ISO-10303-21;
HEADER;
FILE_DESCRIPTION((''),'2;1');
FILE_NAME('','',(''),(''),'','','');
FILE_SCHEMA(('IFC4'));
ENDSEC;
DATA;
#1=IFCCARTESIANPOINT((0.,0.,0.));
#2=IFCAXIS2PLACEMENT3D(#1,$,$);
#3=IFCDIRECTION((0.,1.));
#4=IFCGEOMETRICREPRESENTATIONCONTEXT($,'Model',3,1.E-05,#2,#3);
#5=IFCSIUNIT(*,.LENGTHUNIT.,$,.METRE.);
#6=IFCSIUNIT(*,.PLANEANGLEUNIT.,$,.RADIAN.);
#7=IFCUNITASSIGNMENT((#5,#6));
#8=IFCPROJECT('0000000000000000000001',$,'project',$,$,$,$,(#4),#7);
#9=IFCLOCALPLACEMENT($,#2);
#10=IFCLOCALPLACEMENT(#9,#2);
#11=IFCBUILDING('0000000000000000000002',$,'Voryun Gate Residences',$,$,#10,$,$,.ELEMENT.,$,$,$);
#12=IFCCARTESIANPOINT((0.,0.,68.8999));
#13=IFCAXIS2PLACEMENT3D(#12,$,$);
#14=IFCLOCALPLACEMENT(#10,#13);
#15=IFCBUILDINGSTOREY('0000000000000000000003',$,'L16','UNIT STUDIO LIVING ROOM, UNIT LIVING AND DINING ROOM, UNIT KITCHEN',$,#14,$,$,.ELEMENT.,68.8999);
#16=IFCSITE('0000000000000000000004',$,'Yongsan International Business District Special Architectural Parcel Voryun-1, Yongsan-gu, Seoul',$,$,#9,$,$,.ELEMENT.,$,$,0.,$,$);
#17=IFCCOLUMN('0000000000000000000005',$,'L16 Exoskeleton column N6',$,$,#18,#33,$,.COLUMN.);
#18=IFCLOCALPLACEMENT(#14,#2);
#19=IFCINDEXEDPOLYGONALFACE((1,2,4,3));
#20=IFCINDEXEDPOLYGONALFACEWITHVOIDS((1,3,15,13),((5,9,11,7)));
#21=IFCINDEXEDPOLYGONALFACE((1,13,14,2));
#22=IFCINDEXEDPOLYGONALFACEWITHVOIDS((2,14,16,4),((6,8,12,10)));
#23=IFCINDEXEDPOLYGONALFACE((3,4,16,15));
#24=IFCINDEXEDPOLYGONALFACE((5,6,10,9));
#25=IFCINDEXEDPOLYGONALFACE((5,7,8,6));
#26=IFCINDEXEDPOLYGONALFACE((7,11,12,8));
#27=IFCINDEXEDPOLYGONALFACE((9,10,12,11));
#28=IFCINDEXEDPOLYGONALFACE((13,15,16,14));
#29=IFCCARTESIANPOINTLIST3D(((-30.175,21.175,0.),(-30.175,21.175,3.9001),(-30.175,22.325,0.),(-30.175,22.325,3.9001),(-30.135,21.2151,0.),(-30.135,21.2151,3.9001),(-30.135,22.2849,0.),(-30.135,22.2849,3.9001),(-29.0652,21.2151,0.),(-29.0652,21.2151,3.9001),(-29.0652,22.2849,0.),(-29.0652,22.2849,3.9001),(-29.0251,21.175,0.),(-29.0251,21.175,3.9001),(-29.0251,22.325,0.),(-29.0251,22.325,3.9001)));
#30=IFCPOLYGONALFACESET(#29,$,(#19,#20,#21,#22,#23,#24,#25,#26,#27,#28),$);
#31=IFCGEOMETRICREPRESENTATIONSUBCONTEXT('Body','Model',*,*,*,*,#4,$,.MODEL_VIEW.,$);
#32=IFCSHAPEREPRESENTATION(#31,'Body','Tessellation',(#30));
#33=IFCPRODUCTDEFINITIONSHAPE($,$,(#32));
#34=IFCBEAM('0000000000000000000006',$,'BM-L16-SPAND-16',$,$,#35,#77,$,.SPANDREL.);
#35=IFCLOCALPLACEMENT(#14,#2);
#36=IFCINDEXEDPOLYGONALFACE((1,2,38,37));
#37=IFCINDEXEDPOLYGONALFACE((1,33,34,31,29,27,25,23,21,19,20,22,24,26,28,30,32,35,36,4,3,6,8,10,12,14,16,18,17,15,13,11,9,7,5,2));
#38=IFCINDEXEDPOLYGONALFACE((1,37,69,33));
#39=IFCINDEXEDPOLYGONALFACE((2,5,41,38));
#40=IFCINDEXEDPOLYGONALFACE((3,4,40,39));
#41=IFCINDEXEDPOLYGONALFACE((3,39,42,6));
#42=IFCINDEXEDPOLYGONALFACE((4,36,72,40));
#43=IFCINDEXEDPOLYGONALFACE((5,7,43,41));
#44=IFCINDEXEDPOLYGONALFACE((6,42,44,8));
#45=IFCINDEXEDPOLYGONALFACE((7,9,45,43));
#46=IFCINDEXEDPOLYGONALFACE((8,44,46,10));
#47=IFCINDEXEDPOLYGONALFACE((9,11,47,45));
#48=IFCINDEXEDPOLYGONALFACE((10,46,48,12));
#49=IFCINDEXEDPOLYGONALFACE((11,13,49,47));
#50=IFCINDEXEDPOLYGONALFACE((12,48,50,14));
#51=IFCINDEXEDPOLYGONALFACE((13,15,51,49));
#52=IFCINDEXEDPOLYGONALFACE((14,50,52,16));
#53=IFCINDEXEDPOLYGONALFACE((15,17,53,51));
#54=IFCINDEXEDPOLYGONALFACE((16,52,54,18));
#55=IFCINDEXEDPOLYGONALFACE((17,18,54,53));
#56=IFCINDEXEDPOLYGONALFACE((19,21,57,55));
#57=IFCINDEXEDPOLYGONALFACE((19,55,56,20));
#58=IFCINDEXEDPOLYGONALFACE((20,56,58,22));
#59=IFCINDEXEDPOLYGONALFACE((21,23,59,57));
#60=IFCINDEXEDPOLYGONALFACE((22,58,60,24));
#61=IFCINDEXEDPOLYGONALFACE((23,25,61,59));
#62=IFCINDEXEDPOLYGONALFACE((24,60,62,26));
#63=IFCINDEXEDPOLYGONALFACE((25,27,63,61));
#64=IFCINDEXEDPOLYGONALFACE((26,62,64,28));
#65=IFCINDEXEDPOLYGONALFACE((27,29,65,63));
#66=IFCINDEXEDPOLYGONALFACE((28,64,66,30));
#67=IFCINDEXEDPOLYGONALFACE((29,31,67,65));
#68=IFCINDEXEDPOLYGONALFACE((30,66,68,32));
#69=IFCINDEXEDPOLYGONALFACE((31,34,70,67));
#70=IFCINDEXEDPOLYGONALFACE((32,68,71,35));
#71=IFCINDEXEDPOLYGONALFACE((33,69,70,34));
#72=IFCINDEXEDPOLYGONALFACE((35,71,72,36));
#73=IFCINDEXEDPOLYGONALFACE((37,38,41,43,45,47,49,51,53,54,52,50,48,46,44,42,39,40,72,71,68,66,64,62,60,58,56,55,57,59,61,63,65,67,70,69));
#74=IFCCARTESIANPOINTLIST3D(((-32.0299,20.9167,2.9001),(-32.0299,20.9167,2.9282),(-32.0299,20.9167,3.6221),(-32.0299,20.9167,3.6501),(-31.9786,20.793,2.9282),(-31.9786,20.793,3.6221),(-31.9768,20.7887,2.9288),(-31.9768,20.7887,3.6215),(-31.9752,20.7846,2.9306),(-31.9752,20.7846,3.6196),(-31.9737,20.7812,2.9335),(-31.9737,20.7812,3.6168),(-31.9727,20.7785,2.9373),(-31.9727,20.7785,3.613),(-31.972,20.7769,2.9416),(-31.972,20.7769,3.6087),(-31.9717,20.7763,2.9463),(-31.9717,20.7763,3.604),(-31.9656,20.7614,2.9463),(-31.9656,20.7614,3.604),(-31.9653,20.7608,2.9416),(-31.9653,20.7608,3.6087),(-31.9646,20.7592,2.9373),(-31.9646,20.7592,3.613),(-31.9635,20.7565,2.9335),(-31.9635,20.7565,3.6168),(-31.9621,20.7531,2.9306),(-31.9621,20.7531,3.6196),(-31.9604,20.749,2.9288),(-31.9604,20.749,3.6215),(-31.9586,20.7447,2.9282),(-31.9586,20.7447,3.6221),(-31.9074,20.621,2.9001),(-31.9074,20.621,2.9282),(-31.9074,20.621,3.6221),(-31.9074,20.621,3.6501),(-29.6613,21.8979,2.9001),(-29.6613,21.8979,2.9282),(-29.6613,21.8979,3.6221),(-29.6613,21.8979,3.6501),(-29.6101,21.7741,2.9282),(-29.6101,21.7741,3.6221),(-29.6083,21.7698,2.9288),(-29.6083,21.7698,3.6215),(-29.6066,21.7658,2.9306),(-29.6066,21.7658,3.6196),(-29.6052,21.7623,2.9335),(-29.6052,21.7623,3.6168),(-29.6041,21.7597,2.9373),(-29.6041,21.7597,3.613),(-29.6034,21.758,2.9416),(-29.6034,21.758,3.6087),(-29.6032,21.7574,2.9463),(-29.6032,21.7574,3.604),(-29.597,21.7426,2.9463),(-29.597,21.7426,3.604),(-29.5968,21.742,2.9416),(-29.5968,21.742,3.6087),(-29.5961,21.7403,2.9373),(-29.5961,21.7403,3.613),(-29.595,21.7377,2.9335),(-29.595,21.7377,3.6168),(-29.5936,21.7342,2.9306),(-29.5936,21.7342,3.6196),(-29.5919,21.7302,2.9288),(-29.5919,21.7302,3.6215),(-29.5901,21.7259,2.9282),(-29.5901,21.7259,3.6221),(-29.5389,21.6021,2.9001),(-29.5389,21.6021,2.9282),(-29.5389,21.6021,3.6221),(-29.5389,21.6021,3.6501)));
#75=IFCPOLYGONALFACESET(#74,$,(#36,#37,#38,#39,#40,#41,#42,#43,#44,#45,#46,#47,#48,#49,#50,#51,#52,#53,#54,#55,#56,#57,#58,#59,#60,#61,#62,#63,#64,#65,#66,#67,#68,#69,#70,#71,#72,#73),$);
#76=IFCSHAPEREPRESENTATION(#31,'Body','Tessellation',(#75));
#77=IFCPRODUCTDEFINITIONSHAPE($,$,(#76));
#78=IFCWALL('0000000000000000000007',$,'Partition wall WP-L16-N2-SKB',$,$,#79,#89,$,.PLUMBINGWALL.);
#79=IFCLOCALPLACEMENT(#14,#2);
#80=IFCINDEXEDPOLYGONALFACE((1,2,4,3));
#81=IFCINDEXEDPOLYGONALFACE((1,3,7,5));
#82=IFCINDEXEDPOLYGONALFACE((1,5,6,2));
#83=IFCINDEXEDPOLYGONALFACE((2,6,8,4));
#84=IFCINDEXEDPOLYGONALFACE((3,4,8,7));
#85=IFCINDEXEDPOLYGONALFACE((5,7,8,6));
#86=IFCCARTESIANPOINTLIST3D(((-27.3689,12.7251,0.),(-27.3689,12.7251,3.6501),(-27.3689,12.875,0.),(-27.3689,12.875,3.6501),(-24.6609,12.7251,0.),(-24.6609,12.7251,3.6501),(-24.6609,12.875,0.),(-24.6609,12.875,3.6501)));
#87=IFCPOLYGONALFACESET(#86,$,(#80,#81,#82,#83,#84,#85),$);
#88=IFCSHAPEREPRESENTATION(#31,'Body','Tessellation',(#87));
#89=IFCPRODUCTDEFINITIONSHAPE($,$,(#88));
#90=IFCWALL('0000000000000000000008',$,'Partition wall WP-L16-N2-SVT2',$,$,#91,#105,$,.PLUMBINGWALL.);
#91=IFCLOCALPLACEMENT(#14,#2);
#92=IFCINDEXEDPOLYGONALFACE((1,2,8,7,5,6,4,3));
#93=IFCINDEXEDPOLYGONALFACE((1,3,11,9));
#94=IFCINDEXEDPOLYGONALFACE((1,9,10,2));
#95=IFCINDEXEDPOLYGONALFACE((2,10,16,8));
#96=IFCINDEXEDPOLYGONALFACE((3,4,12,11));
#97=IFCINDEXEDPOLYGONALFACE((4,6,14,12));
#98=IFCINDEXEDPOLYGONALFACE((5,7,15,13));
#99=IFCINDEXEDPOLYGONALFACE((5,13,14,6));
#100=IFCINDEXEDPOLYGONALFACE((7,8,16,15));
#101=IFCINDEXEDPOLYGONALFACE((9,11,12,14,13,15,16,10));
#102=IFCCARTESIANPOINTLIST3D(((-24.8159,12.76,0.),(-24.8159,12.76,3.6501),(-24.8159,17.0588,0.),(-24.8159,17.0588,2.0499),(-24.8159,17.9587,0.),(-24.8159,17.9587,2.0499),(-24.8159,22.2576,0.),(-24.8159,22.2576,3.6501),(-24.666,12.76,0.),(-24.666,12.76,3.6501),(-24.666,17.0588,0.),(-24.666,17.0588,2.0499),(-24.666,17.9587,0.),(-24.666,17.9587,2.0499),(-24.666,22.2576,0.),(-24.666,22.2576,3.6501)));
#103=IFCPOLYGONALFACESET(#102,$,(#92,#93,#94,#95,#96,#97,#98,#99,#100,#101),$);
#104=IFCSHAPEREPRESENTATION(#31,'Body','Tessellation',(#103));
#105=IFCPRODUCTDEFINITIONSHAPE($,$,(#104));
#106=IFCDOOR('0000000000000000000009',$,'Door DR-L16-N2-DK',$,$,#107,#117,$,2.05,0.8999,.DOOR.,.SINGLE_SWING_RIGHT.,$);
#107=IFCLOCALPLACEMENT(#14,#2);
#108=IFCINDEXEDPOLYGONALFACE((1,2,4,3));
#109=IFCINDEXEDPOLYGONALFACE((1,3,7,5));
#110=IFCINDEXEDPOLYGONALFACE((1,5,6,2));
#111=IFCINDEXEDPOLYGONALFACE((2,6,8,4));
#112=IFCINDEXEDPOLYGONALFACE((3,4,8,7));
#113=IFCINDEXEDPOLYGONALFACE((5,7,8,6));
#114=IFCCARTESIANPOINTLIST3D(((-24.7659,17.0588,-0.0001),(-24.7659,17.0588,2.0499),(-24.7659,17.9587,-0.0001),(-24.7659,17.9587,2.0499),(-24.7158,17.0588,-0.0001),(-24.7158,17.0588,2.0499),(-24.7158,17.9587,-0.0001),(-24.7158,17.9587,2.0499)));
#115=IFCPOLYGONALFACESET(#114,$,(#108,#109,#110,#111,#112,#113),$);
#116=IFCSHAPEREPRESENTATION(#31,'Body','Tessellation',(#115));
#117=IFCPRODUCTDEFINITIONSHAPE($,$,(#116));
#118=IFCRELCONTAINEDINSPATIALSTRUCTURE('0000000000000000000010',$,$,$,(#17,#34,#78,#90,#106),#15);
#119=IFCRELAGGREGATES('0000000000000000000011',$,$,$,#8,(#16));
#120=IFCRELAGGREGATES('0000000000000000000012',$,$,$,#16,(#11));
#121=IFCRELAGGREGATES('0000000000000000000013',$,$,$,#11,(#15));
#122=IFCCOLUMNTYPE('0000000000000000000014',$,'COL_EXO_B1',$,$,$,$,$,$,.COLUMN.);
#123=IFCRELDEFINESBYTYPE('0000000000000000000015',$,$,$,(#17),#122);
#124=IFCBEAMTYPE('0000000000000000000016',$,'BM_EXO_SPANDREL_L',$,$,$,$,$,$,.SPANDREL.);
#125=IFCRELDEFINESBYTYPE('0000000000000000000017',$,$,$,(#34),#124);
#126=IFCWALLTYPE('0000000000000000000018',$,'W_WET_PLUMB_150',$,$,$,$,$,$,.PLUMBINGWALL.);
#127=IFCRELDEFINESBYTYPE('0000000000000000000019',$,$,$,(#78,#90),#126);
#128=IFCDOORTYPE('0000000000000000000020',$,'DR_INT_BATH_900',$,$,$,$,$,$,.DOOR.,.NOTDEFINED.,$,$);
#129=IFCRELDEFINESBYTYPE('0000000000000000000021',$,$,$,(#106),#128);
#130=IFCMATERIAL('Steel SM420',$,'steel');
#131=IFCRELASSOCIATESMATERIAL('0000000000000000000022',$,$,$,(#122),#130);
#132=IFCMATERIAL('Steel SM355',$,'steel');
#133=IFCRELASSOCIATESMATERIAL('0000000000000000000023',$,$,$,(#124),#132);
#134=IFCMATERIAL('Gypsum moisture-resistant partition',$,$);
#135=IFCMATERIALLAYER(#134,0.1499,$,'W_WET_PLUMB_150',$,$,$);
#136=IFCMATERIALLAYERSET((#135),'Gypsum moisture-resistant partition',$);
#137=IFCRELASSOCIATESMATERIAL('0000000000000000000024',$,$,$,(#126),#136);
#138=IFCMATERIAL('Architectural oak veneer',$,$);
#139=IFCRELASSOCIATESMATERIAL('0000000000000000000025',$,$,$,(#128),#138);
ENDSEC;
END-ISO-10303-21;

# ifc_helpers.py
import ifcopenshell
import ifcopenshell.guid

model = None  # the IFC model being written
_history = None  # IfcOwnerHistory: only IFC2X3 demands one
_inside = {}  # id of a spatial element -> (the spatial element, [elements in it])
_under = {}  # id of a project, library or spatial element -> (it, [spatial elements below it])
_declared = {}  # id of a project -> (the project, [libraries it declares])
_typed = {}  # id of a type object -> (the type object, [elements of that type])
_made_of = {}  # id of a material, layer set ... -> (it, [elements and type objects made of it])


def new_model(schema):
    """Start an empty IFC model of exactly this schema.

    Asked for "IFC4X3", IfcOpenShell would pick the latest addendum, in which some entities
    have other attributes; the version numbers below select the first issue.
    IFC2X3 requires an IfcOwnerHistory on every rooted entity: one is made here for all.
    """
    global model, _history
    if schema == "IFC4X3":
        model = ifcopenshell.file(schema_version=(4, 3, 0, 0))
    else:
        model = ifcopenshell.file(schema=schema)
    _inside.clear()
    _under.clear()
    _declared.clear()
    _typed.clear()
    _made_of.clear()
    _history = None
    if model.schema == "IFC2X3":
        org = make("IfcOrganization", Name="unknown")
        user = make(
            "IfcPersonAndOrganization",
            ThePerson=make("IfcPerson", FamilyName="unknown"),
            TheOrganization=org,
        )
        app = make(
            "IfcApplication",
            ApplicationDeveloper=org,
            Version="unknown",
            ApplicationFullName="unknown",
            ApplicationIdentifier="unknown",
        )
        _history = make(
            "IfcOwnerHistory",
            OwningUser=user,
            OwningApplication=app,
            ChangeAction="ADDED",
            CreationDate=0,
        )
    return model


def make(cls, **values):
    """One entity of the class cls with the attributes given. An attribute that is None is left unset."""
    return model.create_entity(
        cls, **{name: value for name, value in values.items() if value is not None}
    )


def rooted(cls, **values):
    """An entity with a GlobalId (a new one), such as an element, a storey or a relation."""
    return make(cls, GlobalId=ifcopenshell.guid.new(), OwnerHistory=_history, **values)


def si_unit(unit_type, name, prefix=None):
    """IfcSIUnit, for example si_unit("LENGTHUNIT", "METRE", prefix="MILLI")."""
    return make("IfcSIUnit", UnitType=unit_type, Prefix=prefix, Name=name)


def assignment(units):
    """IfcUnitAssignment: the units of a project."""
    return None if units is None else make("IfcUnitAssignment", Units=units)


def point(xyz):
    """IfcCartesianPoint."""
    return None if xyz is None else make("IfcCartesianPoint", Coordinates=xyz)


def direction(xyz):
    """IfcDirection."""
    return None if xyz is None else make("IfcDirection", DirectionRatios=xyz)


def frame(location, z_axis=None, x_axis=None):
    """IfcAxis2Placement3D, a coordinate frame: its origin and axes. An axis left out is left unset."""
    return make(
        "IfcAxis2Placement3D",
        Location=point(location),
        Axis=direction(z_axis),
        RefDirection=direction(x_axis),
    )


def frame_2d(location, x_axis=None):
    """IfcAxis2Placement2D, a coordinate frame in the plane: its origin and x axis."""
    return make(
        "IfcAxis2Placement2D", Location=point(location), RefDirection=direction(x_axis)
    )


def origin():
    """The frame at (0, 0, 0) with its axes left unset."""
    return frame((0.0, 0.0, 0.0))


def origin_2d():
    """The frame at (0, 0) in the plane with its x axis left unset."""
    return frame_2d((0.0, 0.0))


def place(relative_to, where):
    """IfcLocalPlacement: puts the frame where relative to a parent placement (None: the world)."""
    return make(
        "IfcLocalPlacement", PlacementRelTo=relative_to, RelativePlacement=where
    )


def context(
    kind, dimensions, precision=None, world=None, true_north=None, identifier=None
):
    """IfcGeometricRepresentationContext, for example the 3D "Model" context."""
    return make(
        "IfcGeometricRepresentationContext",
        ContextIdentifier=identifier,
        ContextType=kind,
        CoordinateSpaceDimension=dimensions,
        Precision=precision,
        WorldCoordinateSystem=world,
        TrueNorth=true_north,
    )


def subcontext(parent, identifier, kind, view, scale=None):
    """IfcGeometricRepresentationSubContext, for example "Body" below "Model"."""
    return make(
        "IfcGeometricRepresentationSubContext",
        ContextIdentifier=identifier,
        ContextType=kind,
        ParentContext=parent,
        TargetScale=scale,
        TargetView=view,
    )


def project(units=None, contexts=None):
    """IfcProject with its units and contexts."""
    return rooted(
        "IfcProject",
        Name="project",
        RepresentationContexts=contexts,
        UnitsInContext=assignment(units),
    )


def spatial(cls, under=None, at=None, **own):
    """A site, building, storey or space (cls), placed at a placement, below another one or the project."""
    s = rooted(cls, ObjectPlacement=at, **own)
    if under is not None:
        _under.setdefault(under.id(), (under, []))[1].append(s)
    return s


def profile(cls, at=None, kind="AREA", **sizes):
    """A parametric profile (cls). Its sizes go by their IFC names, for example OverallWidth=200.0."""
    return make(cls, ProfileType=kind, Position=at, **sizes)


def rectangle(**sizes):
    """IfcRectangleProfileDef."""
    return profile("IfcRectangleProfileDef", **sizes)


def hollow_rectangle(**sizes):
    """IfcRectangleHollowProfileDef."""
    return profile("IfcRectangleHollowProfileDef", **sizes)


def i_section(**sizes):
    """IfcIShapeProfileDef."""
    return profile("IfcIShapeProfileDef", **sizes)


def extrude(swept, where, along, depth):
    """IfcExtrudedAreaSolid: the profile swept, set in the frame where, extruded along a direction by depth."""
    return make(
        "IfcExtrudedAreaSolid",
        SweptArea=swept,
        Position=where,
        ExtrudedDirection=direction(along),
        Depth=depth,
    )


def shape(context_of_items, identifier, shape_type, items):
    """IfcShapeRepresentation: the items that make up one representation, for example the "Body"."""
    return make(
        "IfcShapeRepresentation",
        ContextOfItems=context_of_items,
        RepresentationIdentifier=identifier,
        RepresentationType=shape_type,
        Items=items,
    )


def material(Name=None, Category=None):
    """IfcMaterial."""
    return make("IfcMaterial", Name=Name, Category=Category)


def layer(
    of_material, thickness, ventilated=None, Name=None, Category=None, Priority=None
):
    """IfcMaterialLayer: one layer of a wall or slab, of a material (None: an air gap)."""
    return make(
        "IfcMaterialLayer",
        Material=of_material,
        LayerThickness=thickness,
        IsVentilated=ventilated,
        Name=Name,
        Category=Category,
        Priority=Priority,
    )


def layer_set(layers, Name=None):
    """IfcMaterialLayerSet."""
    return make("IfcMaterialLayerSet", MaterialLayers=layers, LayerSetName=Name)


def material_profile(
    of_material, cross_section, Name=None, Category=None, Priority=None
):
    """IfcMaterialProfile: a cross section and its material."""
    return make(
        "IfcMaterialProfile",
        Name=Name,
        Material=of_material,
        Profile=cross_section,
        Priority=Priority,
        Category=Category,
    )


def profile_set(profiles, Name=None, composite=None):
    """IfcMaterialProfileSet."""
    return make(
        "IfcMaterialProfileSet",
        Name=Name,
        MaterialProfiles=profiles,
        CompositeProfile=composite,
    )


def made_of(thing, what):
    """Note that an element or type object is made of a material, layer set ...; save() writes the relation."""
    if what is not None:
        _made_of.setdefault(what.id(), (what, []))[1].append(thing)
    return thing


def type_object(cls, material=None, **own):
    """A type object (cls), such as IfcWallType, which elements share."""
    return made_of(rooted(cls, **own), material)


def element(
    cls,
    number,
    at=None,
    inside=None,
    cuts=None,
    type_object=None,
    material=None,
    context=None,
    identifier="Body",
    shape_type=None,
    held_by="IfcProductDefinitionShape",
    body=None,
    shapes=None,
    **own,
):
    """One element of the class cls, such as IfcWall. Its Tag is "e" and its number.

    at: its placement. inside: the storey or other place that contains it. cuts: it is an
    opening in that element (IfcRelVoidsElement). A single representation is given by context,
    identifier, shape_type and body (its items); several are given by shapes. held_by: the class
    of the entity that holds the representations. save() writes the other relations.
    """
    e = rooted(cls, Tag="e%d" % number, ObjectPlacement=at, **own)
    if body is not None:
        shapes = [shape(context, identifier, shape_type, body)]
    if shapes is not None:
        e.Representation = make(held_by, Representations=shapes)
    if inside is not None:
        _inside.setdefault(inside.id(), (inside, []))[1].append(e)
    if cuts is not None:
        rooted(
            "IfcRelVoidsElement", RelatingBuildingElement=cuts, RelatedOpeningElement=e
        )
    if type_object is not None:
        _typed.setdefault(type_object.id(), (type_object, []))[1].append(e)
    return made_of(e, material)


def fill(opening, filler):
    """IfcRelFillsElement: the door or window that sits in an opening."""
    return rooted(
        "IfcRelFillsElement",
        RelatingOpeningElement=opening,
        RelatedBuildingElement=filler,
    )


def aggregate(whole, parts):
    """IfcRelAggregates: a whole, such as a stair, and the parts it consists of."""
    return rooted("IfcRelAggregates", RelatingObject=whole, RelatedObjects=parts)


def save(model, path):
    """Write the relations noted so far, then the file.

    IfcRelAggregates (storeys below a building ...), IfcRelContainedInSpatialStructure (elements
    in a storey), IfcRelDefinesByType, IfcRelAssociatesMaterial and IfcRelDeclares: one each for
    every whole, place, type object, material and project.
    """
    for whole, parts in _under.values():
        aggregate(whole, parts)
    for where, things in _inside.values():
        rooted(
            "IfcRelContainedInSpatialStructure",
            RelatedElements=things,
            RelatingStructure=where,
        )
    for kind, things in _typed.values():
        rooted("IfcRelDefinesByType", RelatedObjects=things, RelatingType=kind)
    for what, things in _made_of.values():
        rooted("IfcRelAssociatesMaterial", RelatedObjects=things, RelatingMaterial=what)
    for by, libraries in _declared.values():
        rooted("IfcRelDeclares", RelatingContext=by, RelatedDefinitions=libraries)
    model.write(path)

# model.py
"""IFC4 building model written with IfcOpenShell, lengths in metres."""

from ifc_helpers import new_model, si_unit, direction, frame, frame_2d, origin, origin_2d, place, context, subcontext, project, spatial, rectangle, hollow_rectangle, i_section, extrude, material, layer, layer_set, material_profile, profile_set, type_object, element, fill, save


model = new_model("IFC4")

# Units and contexts
model_context = context("Model", 3, precision=1e-05, world=origin(), true_north=direction((0.0, 1.0)))
body_context = subcontext(model_context, "Body", "Model", "MODEL_VIEW")
ifc_project = project(units=[si_unit("LENGTHUNIT", "METRE"), si_unit("PLANEANGLEUNIT", "RADIAN")], contexts=[model_context])

# Site, building, storey
site_placement = place(None, origin())
site = spatial("IfcSite", under=ifc_project, at=site_placement, Name="Yongsan International Business District Special Architectural Parcel Voryun-1, Yongsan-gu, Seoul", CompositionType="ELEMENT", RefElevation=0.0)
building_placement = place(site_placement, origin())
building = spatial("IfcBuilding", under=site, at=building_placement, Name="Voryun Gate Residences", CompositionType="ELEMENT")
storey_placement = place(building_placement, frame((0.0, 0.0, 68.8999)))
storey = spatial("IfcBuildingStorey", under=building, at=storey_placement, Name="L16", Description="UNIT STUDIO LIVING ROOM, UNIT LIVING AND DINING ROOM, UNIT KITCHEN", CompositionType="ELEMENT", Elevation=68.8999)

# Column
ifc_material_1 = material(Name="Steel SM420", Category="steel")
ifc_material_profile_1 = material_profile(ifc_material_1, hollow_rectangle(XDim=1.1499, YDim=1.1499, WallThickness=0.04, at=origin_2d()), Name="BOX-1150x1150x40")
ifc_profile_set_1 = profile_set([ifc_material_profile_1], Name="Steel SM420")
column_type = type_object("IfcColumnType", Name="COL_EXO_B1", PredefinedType="COLUMN", material=ifc_profile_set_1)
column_placement = place(storey_placement, frame((-29.6001, 21.75, 0.0), z_axis=(0.0, 0.0, 1.0), x_axis=(1.0, 0.0, 0.0)))
element("IfcColumn", 1, at=column_placement, inside=storey, type_object=column_type, Name="L16 Exoskeleton column N6", PredefinedType="COLUMN", context=body_context, shape_type="SweptSolid", body=[
    extrude(hollow_rectangle(XDim=1.1499, YDim=1.1499, WallThickness=0.04, at=origin_2d()), origin(), (0.0, 0.0, 1.0), 3.9001),
])

# Beam
ifc_material_2 = material(Name="Steel SM355", Category="steel")
ifc_material_profile_2 = material_profile(ifc_material_2, i_section(OverallWidth=0.3201, OverallDepth=0.75, WebThickness=0.0161, FlangeThickness=0.0281, FilletRadius=0.0181, at=origin_2d()), Name="H-750x320x16x28")
ifc_profile_set_2 = profile_set([ifc_material_profile_2], Name="Steel SM355")
beam_type = type_object("IfcBeamType", Name="BM_EXO_SPANDREL_L", PredefinedType="SPANDREL", material=ifc_profile_set_2)
beam_placement = place(storey_placement, frame((-29.6001, 21.75, 3.2751), z_axis=(-0.923869, -0.382708, 0.0), x_axis=(0.382708, -0.923869, 0.0)))
element("IfcBeam", 2, at=beam_placement, inside=storey, type_object=beam_type, Name="BM-L16-SPAND-16", PredefinedType="SPANDREL", context=body_context, shape_type="SweptSolid", body=[
    extrude(i_section(OverallWidth=0.3201, OverallDepth=0.75, WebThickness=0.0161, FlangeThickness=0.0281, FilletRadius=0.0181, at=origin_2d()), origin(), (0.0, 0.0, 1.0), 2.5637),
])

# Wall
ifc_material_3 = material(Name="Gypsum moisture-resistant partition")
ifc_layer_1 = layer(ifc_material_3, 0.1499, Name="W_WET_PLUMB_150")
ifc_layer_set_1 = layer_set([ifc_layer_1], Name="Gypsum moisture-resistant partition")
wall_type_1 = type_object("IfcWallType", Name="W_WET_PLUMB_150", PredefinedType="PLUMBINGWALL", material=ifc_layer_set_1)
wall_1_placement = place(storey_placement, frame((-27.3689, 12.8, 0.0), z_axis=(0.0, 0.0, 1.0), x_axis=(1.0, 0.0, 0.0)))
element("IfcWall", 3, at=wall_1_placement, inside=storey, type_object=wall_type_1, Name="Partition wall WP-L16-N2-SKB", PredefinedType="PLUMBINGWALL", context=body_context, shape_type="SweptSolid", body=[
    extrude(rectangle(XDim=2.708, YDim=0.1499, at=frame_2d((1.354, 0.0))), origin(), (0.0, 0.0, 1.0), 3.6501),
])

# Wall, opening, door
wall_2_placement = place(storey_placement, frame((-24.741, 12.76, 0.0), z_axis=(0.0, 0.0, 1.0), x_axis=(0.0, 1.0, 0.0)))
wall_2 = element("IfcWall", 4, at=wall_2_placement, inside=storey, type_object=wall_type_1, Name="Partition wall WP-L16-N2-SVT2", PredefinedType="PLUMBINGWALL", context=body_context, shape_type="SweptSolid", body=[
    extrude(rectangle(XDim=9.4976, YDim=0.1499, at=frame_2d((4.7488, 0.0))), origin(), (0.0, 0.0, 1.0), 3.6501),
])
opening_1_placement = place(wall_2_placement, frame((4.2988, 0.0, 0.0)))
opening_1 = element("IfcOpeningElement", 5, at=opening_1_placement, cuts=wall_2, PredefinedType="OPENING", context=body_context, shape_type="SweptSolid", body=[
    extrude(rectangle(XDim=0.8999, YDim=2.05, at=frame_2d((0.45, 1.0249))), frame((0.0, 0.085, 0.0), z_axis=(0.0, -1.0, 0.0), x_axis=(1.0, 0.0, 0.0)), (0.0, 0.0, 1.0), 0.1699),
])
ifc_material_4 = material(Name="Architectural oak veneer")
door_type = type_object("IfcDoorType", Name="DR_INT_BATH_900", OperationType="NOTDEFINED", PredefinedType="DOOR", material=ifc_material_4)
door_placement = place(opening_1_placement, origin())
door = element("IfcDoor", 6, at=door_placement, inside=storey, type_object=door_type, Name="Door DR-L16-N2-DK", OperationType="SINGLE_SWING_RIGHT", OverallHeight=2.05, OverallWidth=0.8999, PredefinedType="DOOR", context=body_context, shape_type="SweptSolid", body=[
    extrude(rectangle(XDim=0.8999, YDim=2.05, at=frame_2d((0.45, 1.0249))), frame((0.0, 0.0249, 0.0), z_axis=(0.0, -1.0, 0.0), x_axis=(1.0, 0.0, 0.0)), (0.0, 0.0, 1.0), 0.05),
])
fill(opening_1, door)

save(model, "model.ifc")
